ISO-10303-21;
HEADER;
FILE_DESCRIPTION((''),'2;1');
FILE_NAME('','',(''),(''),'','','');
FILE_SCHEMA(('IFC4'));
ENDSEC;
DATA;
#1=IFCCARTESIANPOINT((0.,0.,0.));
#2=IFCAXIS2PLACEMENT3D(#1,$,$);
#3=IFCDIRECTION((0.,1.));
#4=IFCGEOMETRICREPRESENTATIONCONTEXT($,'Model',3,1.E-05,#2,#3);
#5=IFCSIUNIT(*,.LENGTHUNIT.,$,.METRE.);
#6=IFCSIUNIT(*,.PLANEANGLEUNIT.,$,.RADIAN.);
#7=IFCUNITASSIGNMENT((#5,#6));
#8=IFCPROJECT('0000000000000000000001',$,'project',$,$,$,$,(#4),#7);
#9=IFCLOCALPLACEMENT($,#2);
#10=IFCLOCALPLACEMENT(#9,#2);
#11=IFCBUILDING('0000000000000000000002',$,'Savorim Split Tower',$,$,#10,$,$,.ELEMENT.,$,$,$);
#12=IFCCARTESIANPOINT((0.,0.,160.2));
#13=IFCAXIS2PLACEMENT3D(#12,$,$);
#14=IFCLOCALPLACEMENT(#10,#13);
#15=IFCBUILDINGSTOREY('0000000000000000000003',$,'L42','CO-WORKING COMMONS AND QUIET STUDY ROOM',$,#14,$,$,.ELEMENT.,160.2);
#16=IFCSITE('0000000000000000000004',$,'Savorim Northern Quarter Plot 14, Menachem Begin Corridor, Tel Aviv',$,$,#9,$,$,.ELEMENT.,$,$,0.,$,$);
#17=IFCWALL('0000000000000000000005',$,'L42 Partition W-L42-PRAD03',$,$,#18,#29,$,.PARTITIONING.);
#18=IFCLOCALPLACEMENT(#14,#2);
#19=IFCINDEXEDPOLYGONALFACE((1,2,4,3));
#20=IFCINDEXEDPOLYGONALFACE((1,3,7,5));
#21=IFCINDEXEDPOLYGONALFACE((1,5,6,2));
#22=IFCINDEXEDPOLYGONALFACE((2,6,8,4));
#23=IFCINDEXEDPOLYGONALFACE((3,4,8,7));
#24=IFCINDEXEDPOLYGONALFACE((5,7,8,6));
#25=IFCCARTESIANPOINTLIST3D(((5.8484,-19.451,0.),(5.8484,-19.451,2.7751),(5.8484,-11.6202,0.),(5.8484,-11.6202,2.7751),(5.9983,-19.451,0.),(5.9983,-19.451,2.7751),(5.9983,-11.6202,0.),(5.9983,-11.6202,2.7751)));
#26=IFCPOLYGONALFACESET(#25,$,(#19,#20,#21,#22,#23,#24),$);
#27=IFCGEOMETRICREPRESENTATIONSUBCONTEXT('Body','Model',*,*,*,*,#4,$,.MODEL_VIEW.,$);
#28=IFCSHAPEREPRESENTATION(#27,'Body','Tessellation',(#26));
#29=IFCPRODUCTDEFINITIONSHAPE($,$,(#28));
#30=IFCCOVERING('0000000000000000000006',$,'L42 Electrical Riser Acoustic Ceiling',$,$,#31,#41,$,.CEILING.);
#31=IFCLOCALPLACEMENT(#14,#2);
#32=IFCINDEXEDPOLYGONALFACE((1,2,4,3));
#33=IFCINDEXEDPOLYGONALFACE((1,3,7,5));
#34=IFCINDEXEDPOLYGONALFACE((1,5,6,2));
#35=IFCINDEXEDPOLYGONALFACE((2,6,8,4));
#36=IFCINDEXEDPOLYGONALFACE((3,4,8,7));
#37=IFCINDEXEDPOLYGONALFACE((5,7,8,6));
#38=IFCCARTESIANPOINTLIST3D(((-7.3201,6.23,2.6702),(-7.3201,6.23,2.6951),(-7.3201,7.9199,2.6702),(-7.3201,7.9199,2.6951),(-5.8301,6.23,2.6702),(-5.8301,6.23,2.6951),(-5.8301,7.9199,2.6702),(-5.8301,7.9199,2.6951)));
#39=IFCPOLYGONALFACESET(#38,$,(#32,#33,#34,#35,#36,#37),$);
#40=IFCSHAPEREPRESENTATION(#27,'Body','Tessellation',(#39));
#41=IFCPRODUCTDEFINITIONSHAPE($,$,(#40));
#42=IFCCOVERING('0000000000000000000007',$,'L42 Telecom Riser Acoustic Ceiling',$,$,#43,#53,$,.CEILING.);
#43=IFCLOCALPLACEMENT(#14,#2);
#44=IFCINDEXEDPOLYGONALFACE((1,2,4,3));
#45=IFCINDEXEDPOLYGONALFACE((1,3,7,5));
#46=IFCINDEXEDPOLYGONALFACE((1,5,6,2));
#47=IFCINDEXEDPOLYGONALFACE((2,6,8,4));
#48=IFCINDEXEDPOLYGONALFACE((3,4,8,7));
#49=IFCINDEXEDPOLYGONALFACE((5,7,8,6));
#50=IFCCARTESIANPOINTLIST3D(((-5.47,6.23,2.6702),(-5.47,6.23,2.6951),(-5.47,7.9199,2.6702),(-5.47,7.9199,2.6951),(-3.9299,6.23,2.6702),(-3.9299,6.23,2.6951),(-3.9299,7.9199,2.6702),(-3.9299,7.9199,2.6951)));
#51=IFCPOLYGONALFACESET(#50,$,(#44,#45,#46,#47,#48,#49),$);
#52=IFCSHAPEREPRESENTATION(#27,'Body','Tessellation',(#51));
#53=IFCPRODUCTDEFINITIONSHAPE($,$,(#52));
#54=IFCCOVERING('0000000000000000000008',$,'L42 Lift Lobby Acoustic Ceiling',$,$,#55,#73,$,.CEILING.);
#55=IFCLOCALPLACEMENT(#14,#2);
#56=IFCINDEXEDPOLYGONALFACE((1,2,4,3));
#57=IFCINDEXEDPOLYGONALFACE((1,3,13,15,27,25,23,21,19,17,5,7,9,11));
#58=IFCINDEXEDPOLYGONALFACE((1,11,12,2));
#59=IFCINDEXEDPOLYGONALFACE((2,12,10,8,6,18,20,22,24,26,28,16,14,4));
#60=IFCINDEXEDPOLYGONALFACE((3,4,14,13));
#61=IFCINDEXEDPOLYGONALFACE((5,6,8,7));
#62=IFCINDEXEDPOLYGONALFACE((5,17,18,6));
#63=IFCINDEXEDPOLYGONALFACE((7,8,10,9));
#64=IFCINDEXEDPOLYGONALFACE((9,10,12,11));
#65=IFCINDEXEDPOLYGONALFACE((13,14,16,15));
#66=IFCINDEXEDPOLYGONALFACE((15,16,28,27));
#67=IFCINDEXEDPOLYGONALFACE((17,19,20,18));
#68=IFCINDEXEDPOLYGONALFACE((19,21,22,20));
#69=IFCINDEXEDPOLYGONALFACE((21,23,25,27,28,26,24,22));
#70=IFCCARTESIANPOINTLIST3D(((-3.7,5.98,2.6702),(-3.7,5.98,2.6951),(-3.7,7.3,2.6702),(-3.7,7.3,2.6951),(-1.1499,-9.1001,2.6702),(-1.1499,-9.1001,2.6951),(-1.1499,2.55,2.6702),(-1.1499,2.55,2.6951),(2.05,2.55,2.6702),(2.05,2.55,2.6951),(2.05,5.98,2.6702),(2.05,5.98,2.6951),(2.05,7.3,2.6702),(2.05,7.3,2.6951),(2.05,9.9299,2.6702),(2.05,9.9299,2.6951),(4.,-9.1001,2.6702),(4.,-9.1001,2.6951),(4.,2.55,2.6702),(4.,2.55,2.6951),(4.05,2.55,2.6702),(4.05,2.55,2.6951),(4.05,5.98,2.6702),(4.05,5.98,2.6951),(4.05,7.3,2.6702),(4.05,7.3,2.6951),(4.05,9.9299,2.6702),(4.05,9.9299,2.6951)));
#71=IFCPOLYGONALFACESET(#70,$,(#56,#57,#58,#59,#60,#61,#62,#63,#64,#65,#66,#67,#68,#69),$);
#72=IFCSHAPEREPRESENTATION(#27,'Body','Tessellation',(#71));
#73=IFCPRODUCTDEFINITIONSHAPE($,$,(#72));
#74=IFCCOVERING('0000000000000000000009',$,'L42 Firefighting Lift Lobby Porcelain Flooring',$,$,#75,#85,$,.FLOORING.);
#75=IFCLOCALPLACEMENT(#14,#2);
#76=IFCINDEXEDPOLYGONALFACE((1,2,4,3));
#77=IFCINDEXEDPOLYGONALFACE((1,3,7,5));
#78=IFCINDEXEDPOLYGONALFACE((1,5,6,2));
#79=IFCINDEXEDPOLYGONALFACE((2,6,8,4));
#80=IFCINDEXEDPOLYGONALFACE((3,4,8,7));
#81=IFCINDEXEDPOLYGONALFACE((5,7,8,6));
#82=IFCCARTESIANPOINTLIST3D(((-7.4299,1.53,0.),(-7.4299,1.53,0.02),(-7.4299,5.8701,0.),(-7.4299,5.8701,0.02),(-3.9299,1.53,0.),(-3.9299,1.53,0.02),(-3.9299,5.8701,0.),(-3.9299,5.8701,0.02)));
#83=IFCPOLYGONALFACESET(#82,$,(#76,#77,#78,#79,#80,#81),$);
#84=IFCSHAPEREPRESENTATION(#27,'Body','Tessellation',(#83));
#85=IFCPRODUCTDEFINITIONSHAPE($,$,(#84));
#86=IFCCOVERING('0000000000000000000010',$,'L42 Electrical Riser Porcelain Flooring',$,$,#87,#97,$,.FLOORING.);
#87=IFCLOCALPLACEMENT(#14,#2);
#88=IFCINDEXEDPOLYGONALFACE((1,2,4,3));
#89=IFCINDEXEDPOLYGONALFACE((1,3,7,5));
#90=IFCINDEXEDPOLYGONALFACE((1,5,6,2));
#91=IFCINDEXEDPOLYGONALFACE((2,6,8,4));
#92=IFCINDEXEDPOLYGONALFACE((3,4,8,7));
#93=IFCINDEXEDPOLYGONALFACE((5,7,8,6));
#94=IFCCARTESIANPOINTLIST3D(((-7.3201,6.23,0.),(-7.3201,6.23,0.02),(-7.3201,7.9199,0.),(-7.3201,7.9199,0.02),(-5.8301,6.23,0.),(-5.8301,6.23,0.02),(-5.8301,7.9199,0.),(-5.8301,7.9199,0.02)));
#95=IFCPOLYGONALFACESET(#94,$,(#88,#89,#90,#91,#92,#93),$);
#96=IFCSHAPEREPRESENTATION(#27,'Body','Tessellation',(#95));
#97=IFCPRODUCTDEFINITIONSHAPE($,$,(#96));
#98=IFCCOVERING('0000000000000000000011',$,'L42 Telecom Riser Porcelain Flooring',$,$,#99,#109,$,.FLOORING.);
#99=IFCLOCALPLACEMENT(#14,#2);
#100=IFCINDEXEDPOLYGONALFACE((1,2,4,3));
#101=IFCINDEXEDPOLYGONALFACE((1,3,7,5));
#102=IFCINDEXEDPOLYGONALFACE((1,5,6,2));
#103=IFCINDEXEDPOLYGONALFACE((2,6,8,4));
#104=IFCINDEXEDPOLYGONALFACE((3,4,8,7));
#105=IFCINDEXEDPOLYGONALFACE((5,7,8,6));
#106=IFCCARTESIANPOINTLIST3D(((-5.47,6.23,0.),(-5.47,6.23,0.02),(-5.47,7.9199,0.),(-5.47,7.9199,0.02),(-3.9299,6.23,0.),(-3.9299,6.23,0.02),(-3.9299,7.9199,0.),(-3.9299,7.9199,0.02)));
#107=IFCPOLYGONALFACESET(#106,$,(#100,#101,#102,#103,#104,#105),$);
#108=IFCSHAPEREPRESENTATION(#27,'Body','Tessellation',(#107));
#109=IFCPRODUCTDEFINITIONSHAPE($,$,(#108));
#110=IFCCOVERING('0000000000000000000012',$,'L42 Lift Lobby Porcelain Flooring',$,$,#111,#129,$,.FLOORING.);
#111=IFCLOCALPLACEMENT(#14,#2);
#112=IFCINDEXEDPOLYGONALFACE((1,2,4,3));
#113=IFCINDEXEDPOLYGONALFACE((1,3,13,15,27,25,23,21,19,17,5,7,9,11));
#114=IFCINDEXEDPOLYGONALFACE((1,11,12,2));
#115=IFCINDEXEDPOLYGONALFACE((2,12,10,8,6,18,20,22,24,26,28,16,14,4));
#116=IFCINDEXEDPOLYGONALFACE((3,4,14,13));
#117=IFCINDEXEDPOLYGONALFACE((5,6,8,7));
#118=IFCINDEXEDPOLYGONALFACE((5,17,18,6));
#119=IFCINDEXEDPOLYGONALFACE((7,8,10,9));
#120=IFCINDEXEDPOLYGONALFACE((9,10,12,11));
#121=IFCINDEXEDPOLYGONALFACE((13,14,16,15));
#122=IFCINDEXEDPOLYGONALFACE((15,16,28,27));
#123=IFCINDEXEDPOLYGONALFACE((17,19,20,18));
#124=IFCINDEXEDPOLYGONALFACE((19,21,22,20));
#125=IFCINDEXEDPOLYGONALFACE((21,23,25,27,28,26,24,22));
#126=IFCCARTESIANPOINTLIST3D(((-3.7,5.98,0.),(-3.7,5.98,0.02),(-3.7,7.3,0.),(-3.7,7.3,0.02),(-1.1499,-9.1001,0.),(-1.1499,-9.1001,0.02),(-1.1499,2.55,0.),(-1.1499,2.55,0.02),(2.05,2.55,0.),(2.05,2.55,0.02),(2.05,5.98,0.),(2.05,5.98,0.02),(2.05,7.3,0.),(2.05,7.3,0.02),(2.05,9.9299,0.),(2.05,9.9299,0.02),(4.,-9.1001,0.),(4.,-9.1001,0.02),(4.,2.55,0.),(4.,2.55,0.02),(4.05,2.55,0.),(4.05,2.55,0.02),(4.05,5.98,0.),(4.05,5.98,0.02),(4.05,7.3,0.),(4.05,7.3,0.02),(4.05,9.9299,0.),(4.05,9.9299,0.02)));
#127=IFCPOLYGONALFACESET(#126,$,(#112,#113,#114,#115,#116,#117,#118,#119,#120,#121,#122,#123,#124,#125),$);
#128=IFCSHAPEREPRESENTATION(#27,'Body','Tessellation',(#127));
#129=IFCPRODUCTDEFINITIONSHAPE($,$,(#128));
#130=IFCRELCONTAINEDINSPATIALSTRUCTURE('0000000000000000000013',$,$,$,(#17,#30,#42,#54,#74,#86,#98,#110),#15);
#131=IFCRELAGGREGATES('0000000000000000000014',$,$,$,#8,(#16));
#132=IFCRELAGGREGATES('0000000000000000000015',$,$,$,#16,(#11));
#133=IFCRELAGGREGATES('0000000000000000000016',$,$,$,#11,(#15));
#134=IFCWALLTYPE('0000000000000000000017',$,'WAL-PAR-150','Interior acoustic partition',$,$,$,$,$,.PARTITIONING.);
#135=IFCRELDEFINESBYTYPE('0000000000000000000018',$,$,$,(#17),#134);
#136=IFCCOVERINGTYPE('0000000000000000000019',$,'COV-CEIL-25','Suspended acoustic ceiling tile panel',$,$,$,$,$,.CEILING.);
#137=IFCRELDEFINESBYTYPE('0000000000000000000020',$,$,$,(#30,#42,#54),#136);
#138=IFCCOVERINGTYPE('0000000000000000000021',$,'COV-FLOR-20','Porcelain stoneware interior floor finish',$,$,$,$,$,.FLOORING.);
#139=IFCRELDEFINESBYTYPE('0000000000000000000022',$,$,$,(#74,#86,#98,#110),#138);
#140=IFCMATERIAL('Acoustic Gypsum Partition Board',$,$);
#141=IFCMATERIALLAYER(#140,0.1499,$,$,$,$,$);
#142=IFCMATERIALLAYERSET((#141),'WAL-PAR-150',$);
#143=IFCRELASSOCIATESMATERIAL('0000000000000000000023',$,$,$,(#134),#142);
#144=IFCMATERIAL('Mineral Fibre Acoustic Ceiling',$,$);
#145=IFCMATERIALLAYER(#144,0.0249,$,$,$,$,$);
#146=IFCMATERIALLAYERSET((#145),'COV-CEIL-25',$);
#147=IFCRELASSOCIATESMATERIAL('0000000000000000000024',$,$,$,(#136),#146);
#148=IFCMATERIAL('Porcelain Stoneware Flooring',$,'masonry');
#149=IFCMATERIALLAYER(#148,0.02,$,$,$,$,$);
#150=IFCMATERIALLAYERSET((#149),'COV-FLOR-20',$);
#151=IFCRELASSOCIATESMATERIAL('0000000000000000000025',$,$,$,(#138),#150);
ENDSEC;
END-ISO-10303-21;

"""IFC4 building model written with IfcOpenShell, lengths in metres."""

from ifc_helpers import new_model, si_unit, direction, frame, frame_2d, origin, place, context, subcontext, project, spatial, polyline, rectangle, outline, extrude, material, layer, layer_set, type_object, element, save


model = new_model("IFC4")

# Units and contexts
model_context = context("Model", 3, precision=1e-05, world=origin(), true_north=direction((0.0, 1.0)))
body_context = subcontext(model_context, "Body", "Model", "MODEL_VIEW")
ifc_project = project(units=[si_unit("LENGTHUNIT", "METRE"), si_unit("PLANEANGLEUNIT", "RADIAN")], contexts=[model_context])

# Site, building, storey
site_placement = place(None, origin())
site = spatial("IfcSite", under=ifc_project, at=site_placement, Name="Savorim Northern Quarter Plot 14, Menachem Begin Corridor, Tel Aviv", CompositionType="ELEMENT", RefElevation=0.0)
building_placement = place(site_placement, origin())
building = spatial("IfcBuilding", under=site, at=building_placement, Name="Savorim Split Tower", CompositionType="ELEMENT")
storey_placement = place(building_placement, frame((0.0, 0.0, 160.2)))
storey = spatial("IfcBuildingStorey", under=building, at=storey_placement, Name="L42", Description="CO-WORKING COMMONS AND QUIET STUDY ROOM", CompositionType="ELEMENT", Elevation=160.2)

# Shared definitions
ifc_material_1 = material(Name="Acoustic Gypsum Partition Board")
ifc_layer_1 = layer(ifc_material_1, 0.1499)
ifc_layer_set_1 = layer_set([ifc_layer_1], Name="WAL-PAR-150")
wall_type_1 = type_object("IfcWallType", Name="WAL-PAR-150", Description="Interior acoustic partition", PredefinedType="PARTITIONING", material=ifc_layer_set_1)

# Wall
wall_1_placement = place(storey_placement, frame((5.9233, -11.6201, 0.0), z_axis=(0.0, 0.0, 1.0), x_axis=(0.0, -1.0, 0.0)))
element("IfcWall", 1, at=wall_1_placement, inside=storey, type_object=wall_type_1, Name="L42 Partition W-L42-PRAD03", PredefinedType="PARTITIONING", context=body_context, shape_type="SweptSolid", body=[
    extrude(rectangle(XDim=7.8308, YDim=0.1499, at=frame_2d((3.9155, 0.0))), origin(), (0.0, 0.0, 1.0), 2.7751),
])

# Coverings
ifc_material_2 = material(Name="Mineral Fibre Acoustic Ceiling")
ifc_layer_2 = layer(ifc_material_2, 0.0249)
ifc_layer_set_2 = layer_set([ifc_layer_2], Name="COV-CEIL-25")
covering_type_1 = type_object("IfcCoveringType", Name="COV-CEIL-25", Description="Suspended acoustic ceiling tile panel", PredefinedType="CEILING", material=ifc_layer_set_2)
covering_1_placement = place(storey_placement, frame((0.0, 0.0, 2.6702)))
element("IfcCovering", 2, at=covering_1_placement, inside=storey, type_object=covering_type_1, Name="L42 Electrical Riser Acoustic Ceiling", PredefinedType="CEILING", context=body_context, shape_type="SweptSolid", body=[
    extrude(outline(polyline([(-7.3201, 7.9199), (-7.3201, 6.23), (-5.8301, 6.23), (-5.8301, 7.9199), (-7.3201, 7.9199)])), origin(), (0.0, 0.0, 1.0), 0.0249),
])
covering_2_placement = place(storey_placement, frame((0.0, 0.0, 2.6702)))
element("IfcCovering", 3, at=covering_2_placement, inside=storey, type_object=covering_type_1, Name="L42 Telecom Riser Acoustic Ceiling", PredefinedType="CEILING", context=body_context, shape_type="SweptSolid", body=[
    extrude(outline(polyline([(-5.47, 7.9199), (-5.47, 6.23), (-3.9299, 6.23), (-3.9299, 7.9199), (-5.47, 7.9199)])), origin(), (0.0, 0.0, 1.0), 0.0249),
])
covering_3_placement = place(storey_placement, frame((0.0, 0.0, 2.6702)))
element("IfcCovering", 4, at=covering_3_placement, inside=storey, type_object=covering_type_1, Name="L42 Lift Lobby Acoustic Ceiling", PredefinedType="CEILING", context=body_context, shape_type="SweptSolid", body=[
    extrude(outline(polyline([(2.05, 2.55), (-1.1499, 2.55), (-1.1499, -9.1001), (4.0, -9.1001), (4.0, 2.55), (4.05, 2.55), (4.05, 5.98), (4.05, 7.3), (4.05, 9.9299), (2.05, 9.9299), (2.05, 7.3), (-3.7, 7.3), (-3.7, 5.98), (2.05, 5.98), (2.05, 2.55)])), origin(), (0.0, 0.0, 1.0), 0.0249),
])
ifc_material_3 = material(Name="Porcelain Stoneware Flooring", Category="masonry")
ifc_layer_3 = layer(ifc_material_3, 0.02)
ifc_layer_set_3 = layer_set([ifc_layer_3], Name="COV-FLOR-20")
covering_type_2 = type_object("IfcCoveringType", Name="COV-FLOR-20", Description="Porcelain stoneware interior floor finish", PredefinedType="FLOORING", material=ifc_layer_set_3)
covering_4_placement = place(storey_placement, origin())
element("IfcCovering", 5, at=covering_4_placement, inside=storey, type_object=covering_type_2, Name="L42 Firefighting Lift Lobby Porcelain Flooring", PredefinedType="FLOORING", context=body_context, shape_type="SweptSolid", body=[
    extrude(outline(polyline([(-7.4299, 5.8701), (-7.4299, 1.53), (-3.9299, 1.53), (-3.9299, 5.8701), (-7.4299, 5.8701)])), origin(), (0.0, 0.0, 1.0), 0.02),
])
covering_5_placement = place(storey_placement, origin())
element("IfcCovering", 6, at=covering_5_placement, inside=storey, type_object=covering_type_2, Name="L42 Electrical Riser Porcelain Flooring", PredefinedType="FLOORING", context=body_context, shape_type="SweptSolid", body=[
    extrude(outline(polyline([(-7.3201, 7.9199), (-7.3201, 6.23), (-5.8301, 6.23), (-5.8301, 7.9199), (-7.3201, 7.9199)])), origin(), (0.0, 0.0, 1.0), 0.02),
])
covering_6_placement = place(storey_placement, origin())
element("IfcCovering", 7, at=covering_6_placement, inside=storey, type_object=covering_type_2, Name="L42 Telecom Riser Porcelain Flooring", PredefinedType="FLOORING", context=body_context, shape_type="SweptSolid", body=[
    extrude(outline(polyline([(-5.47, 7.9199), (-5.47, 6.23), (-3.9299, 6.23), (-3.9299, 7.9199), (-5.47, 7.9199)])), origin(), (0.0, 0.0, 1.0), 0.02),
])
covering_7_placement = place(storey_placement, origin())
element("IfcCovering", 8, at=covering_7_placement, inside=storey, type_object=covering_type_2, Name="L42 Lift Lobby Porcelain Flooring", PredefinedType="FLOORING", context=body_context, shape_type="SweptSolid", body=[
    extrude(outline(polyline([(2.05, 2.55), (-1.1499, 2.55), (-1.1499, -9.1001), (4.0, -9.1001), (4.0, 2.55), (4.05, 2.55), (4.05, 5.98), (4.05, 7.3), (4.05, 9.9299), (2.05, 9.9299), (2.05, 7.3), (-3.7, 7.3), (-3.7, 5.98), (2.05, 5.98), (2.05, 2.55)])), origin(), (0.0, 0.0, 1.0), 0.02),
])

save(model, "model.ifc")
